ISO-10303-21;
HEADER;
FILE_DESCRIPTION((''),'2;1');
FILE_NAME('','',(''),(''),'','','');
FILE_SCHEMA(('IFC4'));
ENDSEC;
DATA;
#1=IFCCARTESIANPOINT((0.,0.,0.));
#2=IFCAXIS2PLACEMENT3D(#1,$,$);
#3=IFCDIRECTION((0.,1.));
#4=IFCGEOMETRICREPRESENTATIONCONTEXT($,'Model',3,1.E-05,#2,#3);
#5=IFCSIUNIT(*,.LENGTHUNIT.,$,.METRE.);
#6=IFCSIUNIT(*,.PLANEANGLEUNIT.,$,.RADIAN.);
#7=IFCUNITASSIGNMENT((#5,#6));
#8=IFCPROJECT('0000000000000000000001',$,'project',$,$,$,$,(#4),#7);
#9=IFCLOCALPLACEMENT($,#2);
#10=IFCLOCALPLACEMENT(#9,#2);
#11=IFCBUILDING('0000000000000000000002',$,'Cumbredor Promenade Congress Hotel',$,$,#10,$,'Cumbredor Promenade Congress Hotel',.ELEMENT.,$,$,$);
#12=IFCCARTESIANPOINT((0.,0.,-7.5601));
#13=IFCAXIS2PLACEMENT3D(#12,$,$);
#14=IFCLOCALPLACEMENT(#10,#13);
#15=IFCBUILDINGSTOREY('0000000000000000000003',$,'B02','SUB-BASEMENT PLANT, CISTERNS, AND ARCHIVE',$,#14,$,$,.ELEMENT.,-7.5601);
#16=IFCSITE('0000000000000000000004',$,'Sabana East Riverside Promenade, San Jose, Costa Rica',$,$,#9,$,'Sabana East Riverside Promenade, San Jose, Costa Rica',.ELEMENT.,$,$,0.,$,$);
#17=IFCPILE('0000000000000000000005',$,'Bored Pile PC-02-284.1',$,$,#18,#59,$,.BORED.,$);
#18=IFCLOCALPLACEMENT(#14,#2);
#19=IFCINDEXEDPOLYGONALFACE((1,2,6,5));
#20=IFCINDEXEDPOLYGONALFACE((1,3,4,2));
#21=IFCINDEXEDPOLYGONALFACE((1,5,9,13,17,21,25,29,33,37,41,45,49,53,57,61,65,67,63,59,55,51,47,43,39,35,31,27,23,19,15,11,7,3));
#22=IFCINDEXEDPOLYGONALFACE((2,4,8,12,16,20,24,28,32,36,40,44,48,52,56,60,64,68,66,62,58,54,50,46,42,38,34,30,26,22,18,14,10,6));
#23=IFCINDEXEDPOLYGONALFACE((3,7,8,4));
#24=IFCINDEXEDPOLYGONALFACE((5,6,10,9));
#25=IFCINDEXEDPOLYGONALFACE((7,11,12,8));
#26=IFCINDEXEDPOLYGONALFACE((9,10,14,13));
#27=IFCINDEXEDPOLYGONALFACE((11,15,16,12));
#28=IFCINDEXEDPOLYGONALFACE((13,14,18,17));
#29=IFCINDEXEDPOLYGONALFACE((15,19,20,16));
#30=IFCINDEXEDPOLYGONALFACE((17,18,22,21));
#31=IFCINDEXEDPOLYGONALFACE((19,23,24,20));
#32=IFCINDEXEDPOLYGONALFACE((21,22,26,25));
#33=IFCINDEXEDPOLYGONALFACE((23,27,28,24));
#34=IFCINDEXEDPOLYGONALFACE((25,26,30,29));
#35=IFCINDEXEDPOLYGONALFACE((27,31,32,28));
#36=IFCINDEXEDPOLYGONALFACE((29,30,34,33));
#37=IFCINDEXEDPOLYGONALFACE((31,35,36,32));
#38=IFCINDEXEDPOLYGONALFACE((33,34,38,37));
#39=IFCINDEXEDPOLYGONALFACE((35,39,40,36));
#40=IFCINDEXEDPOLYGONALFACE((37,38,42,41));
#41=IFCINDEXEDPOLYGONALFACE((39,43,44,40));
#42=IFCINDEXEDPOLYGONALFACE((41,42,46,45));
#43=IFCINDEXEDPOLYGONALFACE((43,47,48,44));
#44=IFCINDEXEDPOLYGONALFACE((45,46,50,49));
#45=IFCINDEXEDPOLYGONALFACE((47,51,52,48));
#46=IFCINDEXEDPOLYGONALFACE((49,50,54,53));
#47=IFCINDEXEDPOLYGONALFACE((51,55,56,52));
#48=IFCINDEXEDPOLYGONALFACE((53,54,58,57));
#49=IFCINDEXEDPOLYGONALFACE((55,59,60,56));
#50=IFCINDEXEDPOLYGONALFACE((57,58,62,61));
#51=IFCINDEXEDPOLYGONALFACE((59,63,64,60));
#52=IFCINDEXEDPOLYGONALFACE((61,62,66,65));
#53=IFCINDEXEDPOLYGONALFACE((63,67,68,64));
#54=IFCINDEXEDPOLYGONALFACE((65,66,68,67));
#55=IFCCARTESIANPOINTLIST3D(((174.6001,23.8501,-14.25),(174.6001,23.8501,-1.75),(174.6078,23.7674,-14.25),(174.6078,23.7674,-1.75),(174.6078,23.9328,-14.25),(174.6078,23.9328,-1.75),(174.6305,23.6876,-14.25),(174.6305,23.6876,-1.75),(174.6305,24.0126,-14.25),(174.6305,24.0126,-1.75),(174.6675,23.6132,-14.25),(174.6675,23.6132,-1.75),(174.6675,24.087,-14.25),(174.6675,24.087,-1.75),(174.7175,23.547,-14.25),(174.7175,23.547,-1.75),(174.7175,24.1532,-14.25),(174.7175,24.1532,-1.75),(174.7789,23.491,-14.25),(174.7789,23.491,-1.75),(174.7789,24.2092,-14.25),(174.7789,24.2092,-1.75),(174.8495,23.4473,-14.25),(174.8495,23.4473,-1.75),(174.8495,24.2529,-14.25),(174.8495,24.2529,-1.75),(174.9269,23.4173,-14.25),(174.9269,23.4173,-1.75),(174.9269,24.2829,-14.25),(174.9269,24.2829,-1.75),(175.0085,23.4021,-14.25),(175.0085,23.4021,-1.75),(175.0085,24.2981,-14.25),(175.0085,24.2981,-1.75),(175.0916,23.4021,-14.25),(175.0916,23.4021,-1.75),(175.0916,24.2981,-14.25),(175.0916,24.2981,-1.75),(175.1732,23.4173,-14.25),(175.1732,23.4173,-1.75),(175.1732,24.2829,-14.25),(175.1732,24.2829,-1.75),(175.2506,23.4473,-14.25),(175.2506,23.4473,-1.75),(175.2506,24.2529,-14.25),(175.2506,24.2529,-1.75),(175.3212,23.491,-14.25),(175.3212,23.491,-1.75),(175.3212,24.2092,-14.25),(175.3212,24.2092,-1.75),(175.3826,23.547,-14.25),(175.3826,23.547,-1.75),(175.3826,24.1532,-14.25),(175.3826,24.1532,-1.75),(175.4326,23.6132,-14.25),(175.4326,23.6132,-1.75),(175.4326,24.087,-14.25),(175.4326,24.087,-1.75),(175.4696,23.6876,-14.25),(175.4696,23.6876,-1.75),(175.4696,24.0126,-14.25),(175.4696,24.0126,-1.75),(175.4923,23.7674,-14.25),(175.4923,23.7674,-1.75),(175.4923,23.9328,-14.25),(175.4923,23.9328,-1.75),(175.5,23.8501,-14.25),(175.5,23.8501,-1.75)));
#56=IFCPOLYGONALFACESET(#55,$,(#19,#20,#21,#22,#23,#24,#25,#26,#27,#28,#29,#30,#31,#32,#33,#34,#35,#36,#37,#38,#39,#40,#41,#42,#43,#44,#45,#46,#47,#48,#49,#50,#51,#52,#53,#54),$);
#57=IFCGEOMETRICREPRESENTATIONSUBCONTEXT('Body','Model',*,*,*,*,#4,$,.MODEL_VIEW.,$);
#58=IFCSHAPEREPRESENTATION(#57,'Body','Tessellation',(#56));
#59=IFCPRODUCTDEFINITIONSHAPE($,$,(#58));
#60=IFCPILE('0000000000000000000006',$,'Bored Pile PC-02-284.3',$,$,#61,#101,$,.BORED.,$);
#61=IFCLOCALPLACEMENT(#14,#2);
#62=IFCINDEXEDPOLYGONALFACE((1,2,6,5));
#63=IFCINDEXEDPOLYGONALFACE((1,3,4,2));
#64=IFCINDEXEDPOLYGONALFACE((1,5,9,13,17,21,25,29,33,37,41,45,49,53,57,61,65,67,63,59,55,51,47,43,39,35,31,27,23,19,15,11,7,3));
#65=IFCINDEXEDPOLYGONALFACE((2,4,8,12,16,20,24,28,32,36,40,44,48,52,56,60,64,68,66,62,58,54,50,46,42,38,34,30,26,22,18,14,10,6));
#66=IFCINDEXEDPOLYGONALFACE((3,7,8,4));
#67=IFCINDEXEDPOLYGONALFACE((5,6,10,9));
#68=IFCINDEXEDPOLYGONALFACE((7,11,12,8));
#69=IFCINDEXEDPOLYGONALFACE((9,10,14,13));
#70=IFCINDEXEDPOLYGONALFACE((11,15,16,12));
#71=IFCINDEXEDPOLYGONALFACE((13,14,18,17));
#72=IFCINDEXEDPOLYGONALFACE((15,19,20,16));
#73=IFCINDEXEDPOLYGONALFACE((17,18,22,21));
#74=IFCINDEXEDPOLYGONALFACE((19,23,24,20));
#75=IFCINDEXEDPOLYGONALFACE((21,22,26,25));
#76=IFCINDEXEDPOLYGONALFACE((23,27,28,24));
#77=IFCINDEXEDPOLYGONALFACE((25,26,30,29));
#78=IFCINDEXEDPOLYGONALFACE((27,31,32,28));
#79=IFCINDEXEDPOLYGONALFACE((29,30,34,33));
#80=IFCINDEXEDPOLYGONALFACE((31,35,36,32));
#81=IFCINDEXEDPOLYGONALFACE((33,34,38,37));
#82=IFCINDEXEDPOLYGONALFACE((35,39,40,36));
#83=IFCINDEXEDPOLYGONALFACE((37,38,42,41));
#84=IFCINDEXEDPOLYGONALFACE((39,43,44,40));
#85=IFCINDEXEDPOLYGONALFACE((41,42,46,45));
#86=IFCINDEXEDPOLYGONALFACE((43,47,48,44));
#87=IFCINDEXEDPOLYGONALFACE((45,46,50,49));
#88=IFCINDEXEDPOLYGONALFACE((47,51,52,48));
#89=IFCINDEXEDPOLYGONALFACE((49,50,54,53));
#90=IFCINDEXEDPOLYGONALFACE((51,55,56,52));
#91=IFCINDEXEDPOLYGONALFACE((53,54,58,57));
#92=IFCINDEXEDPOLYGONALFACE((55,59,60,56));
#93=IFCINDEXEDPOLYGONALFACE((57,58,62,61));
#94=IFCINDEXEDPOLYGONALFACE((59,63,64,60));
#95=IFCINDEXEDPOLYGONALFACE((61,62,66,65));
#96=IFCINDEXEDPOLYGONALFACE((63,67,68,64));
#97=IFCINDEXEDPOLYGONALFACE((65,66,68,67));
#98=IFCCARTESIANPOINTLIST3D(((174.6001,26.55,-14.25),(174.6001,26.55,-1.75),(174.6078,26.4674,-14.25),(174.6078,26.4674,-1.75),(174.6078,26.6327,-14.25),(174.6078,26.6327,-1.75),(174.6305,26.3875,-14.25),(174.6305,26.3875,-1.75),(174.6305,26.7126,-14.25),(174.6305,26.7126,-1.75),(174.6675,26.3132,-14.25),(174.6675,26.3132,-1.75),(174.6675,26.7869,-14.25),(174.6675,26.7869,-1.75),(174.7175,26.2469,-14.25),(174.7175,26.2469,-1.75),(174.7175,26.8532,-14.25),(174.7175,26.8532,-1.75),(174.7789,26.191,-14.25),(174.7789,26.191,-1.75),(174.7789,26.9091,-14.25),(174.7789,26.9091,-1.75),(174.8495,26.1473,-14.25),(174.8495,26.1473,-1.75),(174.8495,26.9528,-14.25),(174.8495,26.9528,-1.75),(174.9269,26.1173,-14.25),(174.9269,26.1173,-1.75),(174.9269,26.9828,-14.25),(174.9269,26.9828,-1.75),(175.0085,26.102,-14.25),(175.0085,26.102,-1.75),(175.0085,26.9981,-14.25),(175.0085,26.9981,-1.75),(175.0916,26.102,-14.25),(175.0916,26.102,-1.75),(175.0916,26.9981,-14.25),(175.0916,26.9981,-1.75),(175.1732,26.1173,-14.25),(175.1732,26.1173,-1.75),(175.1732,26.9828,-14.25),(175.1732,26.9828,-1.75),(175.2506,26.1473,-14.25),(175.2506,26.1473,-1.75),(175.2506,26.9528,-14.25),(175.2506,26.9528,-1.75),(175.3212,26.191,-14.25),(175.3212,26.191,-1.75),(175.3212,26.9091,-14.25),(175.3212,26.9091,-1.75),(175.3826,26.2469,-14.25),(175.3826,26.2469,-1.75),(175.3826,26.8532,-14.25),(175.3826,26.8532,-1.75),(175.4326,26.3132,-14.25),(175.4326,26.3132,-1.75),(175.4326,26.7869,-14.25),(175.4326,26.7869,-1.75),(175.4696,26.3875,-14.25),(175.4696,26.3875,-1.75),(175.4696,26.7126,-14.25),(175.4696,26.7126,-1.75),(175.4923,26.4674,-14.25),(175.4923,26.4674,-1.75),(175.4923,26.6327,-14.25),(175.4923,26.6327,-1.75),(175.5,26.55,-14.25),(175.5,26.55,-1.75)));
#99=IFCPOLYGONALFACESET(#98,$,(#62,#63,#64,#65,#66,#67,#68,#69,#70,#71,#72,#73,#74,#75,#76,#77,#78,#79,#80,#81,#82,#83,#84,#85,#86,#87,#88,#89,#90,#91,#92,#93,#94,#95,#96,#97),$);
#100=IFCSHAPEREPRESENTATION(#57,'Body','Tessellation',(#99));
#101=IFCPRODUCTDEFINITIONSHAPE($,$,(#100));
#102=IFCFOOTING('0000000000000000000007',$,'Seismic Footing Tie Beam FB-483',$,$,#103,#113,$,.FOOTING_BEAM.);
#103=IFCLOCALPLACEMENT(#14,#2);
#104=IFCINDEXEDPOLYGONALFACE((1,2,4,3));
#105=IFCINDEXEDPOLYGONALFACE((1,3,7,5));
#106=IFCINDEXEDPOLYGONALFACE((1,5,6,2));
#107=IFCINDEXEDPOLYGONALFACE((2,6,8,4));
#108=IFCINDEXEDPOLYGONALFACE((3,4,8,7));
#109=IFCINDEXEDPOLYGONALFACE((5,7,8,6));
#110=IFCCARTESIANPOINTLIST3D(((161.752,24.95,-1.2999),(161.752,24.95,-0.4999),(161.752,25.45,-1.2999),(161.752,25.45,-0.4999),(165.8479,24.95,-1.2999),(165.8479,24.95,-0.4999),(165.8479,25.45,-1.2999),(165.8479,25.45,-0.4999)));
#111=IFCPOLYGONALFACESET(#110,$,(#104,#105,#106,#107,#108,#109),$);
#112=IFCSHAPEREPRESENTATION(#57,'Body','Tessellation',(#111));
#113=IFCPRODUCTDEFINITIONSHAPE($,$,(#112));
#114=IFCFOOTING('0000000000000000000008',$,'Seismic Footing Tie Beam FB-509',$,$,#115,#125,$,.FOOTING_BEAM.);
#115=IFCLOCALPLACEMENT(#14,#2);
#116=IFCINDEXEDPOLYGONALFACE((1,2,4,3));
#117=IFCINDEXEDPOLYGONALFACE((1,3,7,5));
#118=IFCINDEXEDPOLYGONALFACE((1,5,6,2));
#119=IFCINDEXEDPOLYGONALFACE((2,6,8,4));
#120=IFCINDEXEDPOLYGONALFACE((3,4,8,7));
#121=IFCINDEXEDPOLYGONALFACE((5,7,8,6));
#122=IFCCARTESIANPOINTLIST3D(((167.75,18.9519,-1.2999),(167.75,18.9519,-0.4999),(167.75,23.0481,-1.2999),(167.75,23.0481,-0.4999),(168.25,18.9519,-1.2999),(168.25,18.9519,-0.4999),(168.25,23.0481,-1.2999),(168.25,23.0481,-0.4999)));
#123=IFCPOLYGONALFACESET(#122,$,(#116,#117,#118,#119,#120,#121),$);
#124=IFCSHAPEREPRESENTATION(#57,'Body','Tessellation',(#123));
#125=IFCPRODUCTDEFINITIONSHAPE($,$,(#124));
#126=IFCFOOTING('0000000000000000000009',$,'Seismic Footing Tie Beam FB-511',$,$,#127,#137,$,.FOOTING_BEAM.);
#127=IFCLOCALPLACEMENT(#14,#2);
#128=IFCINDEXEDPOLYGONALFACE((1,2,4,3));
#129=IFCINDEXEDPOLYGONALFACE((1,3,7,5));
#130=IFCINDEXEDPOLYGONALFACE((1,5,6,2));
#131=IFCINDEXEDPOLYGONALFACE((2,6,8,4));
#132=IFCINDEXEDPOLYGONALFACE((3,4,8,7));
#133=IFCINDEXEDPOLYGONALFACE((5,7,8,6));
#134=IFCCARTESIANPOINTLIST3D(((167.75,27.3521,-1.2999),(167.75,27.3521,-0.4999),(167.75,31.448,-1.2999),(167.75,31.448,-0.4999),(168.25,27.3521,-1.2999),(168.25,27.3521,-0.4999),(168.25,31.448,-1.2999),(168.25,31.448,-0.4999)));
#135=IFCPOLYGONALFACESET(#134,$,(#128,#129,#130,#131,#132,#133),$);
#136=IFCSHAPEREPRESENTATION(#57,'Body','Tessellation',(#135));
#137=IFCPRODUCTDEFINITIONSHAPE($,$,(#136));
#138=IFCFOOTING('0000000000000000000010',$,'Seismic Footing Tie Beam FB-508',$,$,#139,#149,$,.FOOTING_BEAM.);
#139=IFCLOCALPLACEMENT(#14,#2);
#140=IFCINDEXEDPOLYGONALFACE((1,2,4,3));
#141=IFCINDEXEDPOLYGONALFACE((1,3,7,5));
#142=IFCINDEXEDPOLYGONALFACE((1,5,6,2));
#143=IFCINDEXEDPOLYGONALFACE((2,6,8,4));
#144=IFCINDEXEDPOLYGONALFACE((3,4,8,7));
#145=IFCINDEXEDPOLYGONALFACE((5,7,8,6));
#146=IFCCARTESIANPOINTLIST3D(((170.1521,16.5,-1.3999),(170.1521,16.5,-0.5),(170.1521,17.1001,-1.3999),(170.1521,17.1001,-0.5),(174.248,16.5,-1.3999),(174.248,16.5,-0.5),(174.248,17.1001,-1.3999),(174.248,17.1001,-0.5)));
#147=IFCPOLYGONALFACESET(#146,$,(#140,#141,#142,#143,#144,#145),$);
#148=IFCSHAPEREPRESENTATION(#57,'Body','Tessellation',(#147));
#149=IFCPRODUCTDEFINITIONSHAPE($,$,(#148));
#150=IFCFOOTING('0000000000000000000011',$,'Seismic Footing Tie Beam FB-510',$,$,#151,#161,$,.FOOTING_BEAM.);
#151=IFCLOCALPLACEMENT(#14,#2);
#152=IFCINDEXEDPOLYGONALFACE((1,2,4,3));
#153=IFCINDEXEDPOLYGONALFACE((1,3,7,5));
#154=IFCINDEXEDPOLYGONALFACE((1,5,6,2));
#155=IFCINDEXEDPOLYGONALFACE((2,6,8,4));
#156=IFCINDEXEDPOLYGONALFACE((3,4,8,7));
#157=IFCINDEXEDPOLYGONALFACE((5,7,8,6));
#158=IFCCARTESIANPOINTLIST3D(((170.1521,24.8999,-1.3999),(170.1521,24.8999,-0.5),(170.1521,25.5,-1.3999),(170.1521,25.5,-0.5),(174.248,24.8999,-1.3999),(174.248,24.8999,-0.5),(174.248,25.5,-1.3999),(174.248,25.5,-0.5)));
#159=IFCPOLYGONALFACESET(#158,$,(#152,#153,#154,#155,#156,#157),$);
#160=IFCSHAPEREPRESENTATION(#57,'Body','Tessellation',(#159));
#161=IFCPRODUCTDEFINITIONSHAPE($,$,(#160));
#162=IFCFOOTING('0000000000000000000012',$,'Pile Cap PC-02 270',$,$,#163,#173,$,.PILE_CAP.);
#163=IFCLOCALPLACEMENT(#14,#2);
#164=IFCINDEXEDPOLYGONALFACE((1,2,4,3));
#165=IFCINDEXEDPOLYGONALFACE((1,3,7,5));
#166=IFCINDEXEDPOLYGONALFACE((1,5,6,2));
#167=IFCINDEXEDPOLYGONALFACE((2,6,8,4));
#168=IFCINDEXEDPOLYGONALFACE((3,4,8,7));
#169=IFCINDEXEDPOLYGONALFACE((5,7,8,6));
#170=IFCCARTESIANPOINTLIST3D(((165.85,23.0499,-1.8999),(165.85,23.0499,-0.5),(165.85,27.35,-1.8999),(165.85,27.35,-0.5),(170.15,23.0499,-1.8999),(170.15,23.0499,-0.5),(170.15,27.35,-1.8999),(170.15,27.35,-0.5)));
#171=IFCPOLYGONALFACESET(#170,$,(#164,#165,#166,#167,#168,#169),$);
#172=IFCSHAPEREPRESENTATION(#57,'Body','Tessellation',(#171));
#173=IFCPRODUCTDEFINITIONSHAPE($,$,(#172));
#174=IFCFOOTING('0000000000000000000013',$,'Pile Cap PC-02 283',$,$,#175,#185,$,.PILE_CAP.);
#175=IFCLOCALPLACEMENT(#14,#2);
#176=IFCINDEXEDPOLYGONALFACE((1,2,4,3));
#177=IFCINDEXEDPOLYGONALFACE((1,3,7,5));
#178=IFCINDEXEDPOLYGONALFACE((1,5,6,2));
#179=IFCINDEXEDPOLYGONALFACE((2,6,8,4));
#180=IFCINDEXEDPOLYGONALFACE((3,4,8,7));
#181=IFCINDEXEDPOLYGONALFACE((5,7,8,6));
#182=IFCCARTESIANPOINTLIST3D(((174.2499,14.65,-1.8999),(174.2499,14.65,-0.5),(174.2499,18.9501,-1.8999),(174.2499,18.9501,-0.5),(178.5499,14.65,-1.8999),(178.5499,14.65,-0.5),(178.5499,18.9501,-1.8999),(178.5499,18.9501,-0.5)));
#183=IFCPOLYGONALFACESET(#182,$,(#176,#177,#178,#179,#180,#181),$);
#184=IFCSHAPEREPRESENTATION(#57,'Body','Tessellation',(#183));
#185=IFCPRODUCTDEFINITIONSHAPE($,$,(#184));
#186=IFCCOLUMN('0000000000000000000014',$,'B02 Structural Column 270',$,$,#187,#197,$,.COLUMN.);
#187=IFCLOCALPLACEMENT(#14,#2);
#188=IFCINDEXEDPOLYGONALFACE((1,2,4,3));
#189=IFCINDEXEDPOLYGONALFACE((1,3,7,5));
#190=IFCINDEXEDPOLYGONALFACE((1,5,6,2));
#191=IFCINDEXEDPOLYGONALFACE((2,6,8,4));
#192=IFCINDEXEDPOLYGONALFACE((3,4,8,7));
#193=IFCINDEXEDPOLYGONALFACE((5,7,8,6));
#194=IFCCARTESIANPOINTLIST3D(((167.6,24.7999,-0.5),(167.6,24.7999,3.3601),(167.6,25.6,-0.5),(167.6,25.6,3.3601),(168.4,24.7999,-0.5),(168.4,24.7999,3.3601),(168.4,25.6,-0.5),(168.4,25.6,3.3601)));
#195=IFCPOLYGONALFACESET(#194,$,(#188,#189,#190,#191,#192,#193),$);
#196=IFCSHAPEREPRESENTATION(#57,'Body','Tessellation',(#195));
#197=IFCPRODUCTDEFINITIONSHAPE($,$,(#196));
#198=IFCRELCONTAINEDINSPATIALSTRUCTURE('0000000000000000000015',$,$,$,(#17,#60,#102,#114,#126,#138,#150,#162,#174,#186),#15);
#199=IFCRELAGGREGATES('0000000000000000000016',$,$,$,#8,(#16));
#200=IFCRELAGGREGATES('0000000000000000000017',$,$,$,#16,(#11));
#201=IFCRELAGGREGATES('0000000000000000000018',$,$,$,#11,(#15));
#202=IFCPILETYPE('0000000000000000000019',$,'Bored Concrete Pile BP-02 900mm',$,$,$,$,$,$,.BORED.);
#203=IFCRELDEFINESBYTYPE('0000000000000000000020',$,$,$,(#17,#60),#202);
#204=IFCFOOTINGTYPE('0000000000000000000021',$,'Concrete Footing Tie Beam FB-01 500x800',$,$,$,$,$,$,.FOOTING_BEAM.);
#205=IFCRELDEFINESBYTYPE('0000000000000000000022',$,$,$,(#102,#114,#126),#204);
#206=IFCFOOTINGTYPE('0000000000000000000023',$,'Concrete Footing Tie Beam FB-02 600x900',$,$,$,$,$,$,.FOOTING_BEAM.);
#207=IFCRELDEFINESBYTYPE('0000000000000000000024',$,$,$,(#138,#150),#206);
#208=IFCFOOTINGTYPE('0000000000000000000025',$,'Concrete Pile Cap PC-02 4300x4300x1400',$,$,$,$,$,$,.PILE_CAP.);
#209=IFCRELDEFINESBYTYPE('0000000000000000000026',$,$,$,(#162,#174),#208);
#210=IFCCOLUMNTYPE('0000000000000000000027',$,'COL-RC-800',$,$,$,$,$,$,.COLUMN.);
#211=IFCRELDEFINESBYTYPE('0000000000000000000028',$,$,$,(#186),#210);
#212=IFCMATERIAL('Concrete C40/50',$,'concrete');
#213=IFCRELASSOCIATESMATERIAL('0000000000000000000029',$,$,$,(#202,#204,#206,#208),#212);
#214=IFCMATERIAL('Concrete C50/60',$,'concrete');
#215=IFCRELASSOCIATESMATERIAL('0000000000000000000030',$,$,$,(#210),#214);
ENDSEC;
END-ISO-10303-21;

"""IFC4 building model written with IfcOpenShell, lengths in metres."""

from ifc_helpers import new_model, si_unit, direction, frame, origin, origin_2d, place, context, subcontext, project, spatial, rectangle, circle, extrude, material, material_profile, profile_set, type_object, element, save


model = new_model("IFC4")

# Units and contexts
model_context = context("Model", 3, precision=1e-05, world=origin(), true_north=direction((0.0, 1.0)))
body_context = subcontext(model_context, "Body", "Model", "MODEL_VIEW")
ifc_project = project(units=[si_unit("LENGTHUNIT", "METRE"), si_unit("PLANEANGLEUNIT", "RADIAN")], contexts=[model_context])

# Site, building, storey
site_placement = place(None, origin())
site = spatial("IfcSite", under=ifc_project, at=site_placement, Name="Sabana East Riverside Promenade, San Jose, Costa Rica", LongName="Sabana East Riverside Promenade, San Jose, Costa Rica", CompositionType="ELEMENT", RefElevation=0.0)
building_placement = place(site_placement, origin())
building = spatial("IfcBuilding", under=site, at=building_placement, Name="Cumbredor Promenade Congress Hotel", LongName="Cumbredor Promenade Congress Hotel", CompositionType="ELEMENT")
storey_placement = place(building_placement, frame((0.0, 0.0, -7.5601)))
storey = spatial("IfcBuildingStorey", under=building, at=storey_placement, Name="B02", Description="SUB-BASEMENT PLANT, CISTERNS, AND ARCHIVE", CompositionType="ELEMENT", Elevation=-7.5601)

# Piles
ifc_material_1 = material(Name="Concrete C40/50", Category="concrete")
ifc_material_profile_1 = material_profile(ifc_material_1, circle(Radius=0.45, at=origin_2d()), Name="PILE D900")
ifc_profile_set_1 = profile_set([ifc_material_profile_1], Name="Concrete C40/50")
pile_type = type_object("IfcPileType", Name="Bored Concrete Pile BP-02 900mm", PredefinedType="BORED", material=ifc_profile_set_1)
for number, where, z_axis, x_axis, name in (
    (1, (175.05, 23.8501, -1.75), (0.0, 0.0, -1.0), (1.0, 0.0, 0.0), "Bored Pile PC-02-284.1"),
    (2, (175.05, 26.55, -1.75), (0.0, 0.0, -1.0), (1.0, 0.0, 0.0), "Bored Pile PC-02-284.3"),
):
    element("IfcPile", number, at=place(storey_placement, frame(where, z_axis=z_axis, x_axis=x_axis)), inside=storey, type_object=pile_type, Name=name, PredefinedType="BORED", context=body_context, shape_type="SweptSolid", body=[
        extrude(circle(Radius=0.45, at=origin_2d()), origin(), (0.0, 0.0, 1.0), 12.5),
    ])

# Footings
ifc_material_profile_2 = material_profile(ifc_material_1, rectangle(XDim=0.5, YDim=0.8, at=origin_2d()), Name="FB 500x800")
ifc_profile_set_2 = profile_set([ifc_material_profile_2], Name="Concrete C40/50")
footing_type_1 = type_object("IfcFootingType", Name="Concrete Footing Tie Beam FB-01 500x800", PredefinedType="FOOTING_BEAM", material=ifc_profile_set_2)
footing_1_placement = place(storey_placement, frame((161.752, 25.2, -0.8999), z_axis=(1.0, 0.0, 0.0), x_axis=(0.0, 1.0, 0.0)))
element("IfcFooting", 3, at=footing_1_placement, inside=storey, type_object=footing_type_1, Name="Seismic Footing Tie Beam FB-483", PredefinedType="FOOTING_BEAM", context=body_context, shape_type="SweptSolid", body=[
    extrude(rectangle(XDim=0.5, YDim=0.8, at=origin_2d()), origin(), (0.0, 0.0, 1.0), 4.0959),
])
footing_2_placement = place(storey_placement, frame((168.0, 18.9519, -0.8999), z_axis=(0.0, 1.0, 0.0), x_axis=(-1.0, 0.0, 0.0)))
element("IfcFooting", 4, at=footing_2_placement, inside=storey, type_object=footing_type_1, Name="Seismic Footing Tie Beam FB-509", PredefinedType="FOOTING_BEAM", context=body_context, shape_type="SweptSolid", body=[
    extrude(rectangle(XDim=0.5, YDim=0.8, at=origin_2d()), origin(), (0.0, 0.0, 1.0), 4.0962),
])
footing_3_placement = place(storey_placement, frame((168.0, 27.3521, -0.8999), z_axis=(0.0, 1.0, 0.0), x_axis=(-1.0, 0.0, 0.0)))
element("IfcFooting", 5, at=footing_3_placement, inside=storey, type_object=footing_type_1, Name="Seismic Footing Tie Beam FB-511", PredefinedType="FOOTING_BEAM", context=body_context, shape_type="SweptSolid", body=[
    extrude(rectangle(XDim=0.5, YDim=0.8, at=origin_2d()), origin(), (0.0, 0.0, 1.0), 4.0959),
])
ifc_material_profile_3 = material_profile(ifc_material_1, rectangle(XDim=0.6001, YDim=0.8999, at=origin_2d()), Name="FB 600x900")
ifc_profile_set_3 = profile_set([ifc_material_profile_3], Name="Concrete C40/50")
footing_type_2 = type_object("IfcFootingType", Name="Concrete Footing Tie Beam FB-02 600x900", PredefinedType="FOOTING_BEAM", material=ifc_profile_set_3)
for number, where, z_axis, x_axis, name in (
    (6, (170.1521, 16.8, -0.95), (1.0, 0.0, 0.0), (0.0, 1.0, 0.0), "Seismic Footing Tie Beam FB-508"),
    (7, (170.1521, 25.2, -0.95), (1.0, 0.0, 0.0), (0.0, 1.0, 0.0), "Seismic Footing Tie Beam FB-510"),
):
    element("IfcFooting", number, at=place(storey_placement, frame(where, z_axis=z_axis, x_axis=x_axis)), inside=storey, type_object=footing_type_2, Name=name, PredefinedType="FOOTING_BEAM", context=body_context, shape_type="SweptSolid", body=[
        extrude(rectangle(XDim=0.6001, YDim=0.8999, at=origin_2d()), origin(), (0.0, 0.0, 1.0), 4.0959),
    ])
footing_type_3 = type_object("IfcFootingType", Name="Concrete Pile Cap PC-02 4300x4300x1400", PredefinedType="PILE_CAP", material=ifc_material_1)
for number, where, z_axis, x_axis, name in (
    (8, (168.0, 25.2, -1.8999), (0.0, 0.0, 1.0), (1.0, 0.0, 0.0), "Pile Cap PC-02 270"),
    (9, (176.3999, 16.8, -1.8999), (0.0, 0.0, 1.0), (1.0, 0.0, 0.0), "Pile Cap PC-02 283"),
):
    element("IfcFooting", number, at=place(storey_placement, frame(where, z_axis=z_axis, x_axis=x_axis)), inside=storey, type_object=footing_type_3, Name=name, PredefinedType="PILE_CAP", context=body_context, shape_type="SweptSolid", body=[
        extrude(rectangle(XDim=4.3, YDim=4.3, at=origin_2d()), origin(), (0.0, 0.0, 1.0), 1.3999),
    ])

# Column
ifc_material_2 = material(Name="Concrete C50/60", Category="concrete")
ifc_material_profile_4 = material_profile(ifc_material_2, rectangle(XDim=0.8, YDim=0.8, at=origin_2d()), Name="RC 800x800")
ifc_profile_set_4 = profile_set([ifc_material_profile_4], Name="Concrete C50/60")
column_type = type_object("IfcColumnType", Name="COL-RC-800", PredefinedType="COLUMN", material=ifc_profile_set_4)
for number, where, z_axis, x_axis, name in (
    (10, (168.0, 25.2, -0.5), (0.0, 0.0, 1.0), (1.0, 0.0, 0.0), "B02 Structural Column 270"),
):
    element("IfcColumn", number, at=place(storey_placement, frame(where, z_axis=z_axis, x_axis=x_axis)), inside=storey, type_object=column_type, Name=name, PredefinedType="COLUMN", context=body_context, shape_type="SweptSolid", body=[
        extrude(rectangle(XDim=0.8, YDim=0.8, at=origin_2d()), origin(), (0.0, 0.0, 1.0), 3.8601),
    ])

save(model, "model.ifc")
